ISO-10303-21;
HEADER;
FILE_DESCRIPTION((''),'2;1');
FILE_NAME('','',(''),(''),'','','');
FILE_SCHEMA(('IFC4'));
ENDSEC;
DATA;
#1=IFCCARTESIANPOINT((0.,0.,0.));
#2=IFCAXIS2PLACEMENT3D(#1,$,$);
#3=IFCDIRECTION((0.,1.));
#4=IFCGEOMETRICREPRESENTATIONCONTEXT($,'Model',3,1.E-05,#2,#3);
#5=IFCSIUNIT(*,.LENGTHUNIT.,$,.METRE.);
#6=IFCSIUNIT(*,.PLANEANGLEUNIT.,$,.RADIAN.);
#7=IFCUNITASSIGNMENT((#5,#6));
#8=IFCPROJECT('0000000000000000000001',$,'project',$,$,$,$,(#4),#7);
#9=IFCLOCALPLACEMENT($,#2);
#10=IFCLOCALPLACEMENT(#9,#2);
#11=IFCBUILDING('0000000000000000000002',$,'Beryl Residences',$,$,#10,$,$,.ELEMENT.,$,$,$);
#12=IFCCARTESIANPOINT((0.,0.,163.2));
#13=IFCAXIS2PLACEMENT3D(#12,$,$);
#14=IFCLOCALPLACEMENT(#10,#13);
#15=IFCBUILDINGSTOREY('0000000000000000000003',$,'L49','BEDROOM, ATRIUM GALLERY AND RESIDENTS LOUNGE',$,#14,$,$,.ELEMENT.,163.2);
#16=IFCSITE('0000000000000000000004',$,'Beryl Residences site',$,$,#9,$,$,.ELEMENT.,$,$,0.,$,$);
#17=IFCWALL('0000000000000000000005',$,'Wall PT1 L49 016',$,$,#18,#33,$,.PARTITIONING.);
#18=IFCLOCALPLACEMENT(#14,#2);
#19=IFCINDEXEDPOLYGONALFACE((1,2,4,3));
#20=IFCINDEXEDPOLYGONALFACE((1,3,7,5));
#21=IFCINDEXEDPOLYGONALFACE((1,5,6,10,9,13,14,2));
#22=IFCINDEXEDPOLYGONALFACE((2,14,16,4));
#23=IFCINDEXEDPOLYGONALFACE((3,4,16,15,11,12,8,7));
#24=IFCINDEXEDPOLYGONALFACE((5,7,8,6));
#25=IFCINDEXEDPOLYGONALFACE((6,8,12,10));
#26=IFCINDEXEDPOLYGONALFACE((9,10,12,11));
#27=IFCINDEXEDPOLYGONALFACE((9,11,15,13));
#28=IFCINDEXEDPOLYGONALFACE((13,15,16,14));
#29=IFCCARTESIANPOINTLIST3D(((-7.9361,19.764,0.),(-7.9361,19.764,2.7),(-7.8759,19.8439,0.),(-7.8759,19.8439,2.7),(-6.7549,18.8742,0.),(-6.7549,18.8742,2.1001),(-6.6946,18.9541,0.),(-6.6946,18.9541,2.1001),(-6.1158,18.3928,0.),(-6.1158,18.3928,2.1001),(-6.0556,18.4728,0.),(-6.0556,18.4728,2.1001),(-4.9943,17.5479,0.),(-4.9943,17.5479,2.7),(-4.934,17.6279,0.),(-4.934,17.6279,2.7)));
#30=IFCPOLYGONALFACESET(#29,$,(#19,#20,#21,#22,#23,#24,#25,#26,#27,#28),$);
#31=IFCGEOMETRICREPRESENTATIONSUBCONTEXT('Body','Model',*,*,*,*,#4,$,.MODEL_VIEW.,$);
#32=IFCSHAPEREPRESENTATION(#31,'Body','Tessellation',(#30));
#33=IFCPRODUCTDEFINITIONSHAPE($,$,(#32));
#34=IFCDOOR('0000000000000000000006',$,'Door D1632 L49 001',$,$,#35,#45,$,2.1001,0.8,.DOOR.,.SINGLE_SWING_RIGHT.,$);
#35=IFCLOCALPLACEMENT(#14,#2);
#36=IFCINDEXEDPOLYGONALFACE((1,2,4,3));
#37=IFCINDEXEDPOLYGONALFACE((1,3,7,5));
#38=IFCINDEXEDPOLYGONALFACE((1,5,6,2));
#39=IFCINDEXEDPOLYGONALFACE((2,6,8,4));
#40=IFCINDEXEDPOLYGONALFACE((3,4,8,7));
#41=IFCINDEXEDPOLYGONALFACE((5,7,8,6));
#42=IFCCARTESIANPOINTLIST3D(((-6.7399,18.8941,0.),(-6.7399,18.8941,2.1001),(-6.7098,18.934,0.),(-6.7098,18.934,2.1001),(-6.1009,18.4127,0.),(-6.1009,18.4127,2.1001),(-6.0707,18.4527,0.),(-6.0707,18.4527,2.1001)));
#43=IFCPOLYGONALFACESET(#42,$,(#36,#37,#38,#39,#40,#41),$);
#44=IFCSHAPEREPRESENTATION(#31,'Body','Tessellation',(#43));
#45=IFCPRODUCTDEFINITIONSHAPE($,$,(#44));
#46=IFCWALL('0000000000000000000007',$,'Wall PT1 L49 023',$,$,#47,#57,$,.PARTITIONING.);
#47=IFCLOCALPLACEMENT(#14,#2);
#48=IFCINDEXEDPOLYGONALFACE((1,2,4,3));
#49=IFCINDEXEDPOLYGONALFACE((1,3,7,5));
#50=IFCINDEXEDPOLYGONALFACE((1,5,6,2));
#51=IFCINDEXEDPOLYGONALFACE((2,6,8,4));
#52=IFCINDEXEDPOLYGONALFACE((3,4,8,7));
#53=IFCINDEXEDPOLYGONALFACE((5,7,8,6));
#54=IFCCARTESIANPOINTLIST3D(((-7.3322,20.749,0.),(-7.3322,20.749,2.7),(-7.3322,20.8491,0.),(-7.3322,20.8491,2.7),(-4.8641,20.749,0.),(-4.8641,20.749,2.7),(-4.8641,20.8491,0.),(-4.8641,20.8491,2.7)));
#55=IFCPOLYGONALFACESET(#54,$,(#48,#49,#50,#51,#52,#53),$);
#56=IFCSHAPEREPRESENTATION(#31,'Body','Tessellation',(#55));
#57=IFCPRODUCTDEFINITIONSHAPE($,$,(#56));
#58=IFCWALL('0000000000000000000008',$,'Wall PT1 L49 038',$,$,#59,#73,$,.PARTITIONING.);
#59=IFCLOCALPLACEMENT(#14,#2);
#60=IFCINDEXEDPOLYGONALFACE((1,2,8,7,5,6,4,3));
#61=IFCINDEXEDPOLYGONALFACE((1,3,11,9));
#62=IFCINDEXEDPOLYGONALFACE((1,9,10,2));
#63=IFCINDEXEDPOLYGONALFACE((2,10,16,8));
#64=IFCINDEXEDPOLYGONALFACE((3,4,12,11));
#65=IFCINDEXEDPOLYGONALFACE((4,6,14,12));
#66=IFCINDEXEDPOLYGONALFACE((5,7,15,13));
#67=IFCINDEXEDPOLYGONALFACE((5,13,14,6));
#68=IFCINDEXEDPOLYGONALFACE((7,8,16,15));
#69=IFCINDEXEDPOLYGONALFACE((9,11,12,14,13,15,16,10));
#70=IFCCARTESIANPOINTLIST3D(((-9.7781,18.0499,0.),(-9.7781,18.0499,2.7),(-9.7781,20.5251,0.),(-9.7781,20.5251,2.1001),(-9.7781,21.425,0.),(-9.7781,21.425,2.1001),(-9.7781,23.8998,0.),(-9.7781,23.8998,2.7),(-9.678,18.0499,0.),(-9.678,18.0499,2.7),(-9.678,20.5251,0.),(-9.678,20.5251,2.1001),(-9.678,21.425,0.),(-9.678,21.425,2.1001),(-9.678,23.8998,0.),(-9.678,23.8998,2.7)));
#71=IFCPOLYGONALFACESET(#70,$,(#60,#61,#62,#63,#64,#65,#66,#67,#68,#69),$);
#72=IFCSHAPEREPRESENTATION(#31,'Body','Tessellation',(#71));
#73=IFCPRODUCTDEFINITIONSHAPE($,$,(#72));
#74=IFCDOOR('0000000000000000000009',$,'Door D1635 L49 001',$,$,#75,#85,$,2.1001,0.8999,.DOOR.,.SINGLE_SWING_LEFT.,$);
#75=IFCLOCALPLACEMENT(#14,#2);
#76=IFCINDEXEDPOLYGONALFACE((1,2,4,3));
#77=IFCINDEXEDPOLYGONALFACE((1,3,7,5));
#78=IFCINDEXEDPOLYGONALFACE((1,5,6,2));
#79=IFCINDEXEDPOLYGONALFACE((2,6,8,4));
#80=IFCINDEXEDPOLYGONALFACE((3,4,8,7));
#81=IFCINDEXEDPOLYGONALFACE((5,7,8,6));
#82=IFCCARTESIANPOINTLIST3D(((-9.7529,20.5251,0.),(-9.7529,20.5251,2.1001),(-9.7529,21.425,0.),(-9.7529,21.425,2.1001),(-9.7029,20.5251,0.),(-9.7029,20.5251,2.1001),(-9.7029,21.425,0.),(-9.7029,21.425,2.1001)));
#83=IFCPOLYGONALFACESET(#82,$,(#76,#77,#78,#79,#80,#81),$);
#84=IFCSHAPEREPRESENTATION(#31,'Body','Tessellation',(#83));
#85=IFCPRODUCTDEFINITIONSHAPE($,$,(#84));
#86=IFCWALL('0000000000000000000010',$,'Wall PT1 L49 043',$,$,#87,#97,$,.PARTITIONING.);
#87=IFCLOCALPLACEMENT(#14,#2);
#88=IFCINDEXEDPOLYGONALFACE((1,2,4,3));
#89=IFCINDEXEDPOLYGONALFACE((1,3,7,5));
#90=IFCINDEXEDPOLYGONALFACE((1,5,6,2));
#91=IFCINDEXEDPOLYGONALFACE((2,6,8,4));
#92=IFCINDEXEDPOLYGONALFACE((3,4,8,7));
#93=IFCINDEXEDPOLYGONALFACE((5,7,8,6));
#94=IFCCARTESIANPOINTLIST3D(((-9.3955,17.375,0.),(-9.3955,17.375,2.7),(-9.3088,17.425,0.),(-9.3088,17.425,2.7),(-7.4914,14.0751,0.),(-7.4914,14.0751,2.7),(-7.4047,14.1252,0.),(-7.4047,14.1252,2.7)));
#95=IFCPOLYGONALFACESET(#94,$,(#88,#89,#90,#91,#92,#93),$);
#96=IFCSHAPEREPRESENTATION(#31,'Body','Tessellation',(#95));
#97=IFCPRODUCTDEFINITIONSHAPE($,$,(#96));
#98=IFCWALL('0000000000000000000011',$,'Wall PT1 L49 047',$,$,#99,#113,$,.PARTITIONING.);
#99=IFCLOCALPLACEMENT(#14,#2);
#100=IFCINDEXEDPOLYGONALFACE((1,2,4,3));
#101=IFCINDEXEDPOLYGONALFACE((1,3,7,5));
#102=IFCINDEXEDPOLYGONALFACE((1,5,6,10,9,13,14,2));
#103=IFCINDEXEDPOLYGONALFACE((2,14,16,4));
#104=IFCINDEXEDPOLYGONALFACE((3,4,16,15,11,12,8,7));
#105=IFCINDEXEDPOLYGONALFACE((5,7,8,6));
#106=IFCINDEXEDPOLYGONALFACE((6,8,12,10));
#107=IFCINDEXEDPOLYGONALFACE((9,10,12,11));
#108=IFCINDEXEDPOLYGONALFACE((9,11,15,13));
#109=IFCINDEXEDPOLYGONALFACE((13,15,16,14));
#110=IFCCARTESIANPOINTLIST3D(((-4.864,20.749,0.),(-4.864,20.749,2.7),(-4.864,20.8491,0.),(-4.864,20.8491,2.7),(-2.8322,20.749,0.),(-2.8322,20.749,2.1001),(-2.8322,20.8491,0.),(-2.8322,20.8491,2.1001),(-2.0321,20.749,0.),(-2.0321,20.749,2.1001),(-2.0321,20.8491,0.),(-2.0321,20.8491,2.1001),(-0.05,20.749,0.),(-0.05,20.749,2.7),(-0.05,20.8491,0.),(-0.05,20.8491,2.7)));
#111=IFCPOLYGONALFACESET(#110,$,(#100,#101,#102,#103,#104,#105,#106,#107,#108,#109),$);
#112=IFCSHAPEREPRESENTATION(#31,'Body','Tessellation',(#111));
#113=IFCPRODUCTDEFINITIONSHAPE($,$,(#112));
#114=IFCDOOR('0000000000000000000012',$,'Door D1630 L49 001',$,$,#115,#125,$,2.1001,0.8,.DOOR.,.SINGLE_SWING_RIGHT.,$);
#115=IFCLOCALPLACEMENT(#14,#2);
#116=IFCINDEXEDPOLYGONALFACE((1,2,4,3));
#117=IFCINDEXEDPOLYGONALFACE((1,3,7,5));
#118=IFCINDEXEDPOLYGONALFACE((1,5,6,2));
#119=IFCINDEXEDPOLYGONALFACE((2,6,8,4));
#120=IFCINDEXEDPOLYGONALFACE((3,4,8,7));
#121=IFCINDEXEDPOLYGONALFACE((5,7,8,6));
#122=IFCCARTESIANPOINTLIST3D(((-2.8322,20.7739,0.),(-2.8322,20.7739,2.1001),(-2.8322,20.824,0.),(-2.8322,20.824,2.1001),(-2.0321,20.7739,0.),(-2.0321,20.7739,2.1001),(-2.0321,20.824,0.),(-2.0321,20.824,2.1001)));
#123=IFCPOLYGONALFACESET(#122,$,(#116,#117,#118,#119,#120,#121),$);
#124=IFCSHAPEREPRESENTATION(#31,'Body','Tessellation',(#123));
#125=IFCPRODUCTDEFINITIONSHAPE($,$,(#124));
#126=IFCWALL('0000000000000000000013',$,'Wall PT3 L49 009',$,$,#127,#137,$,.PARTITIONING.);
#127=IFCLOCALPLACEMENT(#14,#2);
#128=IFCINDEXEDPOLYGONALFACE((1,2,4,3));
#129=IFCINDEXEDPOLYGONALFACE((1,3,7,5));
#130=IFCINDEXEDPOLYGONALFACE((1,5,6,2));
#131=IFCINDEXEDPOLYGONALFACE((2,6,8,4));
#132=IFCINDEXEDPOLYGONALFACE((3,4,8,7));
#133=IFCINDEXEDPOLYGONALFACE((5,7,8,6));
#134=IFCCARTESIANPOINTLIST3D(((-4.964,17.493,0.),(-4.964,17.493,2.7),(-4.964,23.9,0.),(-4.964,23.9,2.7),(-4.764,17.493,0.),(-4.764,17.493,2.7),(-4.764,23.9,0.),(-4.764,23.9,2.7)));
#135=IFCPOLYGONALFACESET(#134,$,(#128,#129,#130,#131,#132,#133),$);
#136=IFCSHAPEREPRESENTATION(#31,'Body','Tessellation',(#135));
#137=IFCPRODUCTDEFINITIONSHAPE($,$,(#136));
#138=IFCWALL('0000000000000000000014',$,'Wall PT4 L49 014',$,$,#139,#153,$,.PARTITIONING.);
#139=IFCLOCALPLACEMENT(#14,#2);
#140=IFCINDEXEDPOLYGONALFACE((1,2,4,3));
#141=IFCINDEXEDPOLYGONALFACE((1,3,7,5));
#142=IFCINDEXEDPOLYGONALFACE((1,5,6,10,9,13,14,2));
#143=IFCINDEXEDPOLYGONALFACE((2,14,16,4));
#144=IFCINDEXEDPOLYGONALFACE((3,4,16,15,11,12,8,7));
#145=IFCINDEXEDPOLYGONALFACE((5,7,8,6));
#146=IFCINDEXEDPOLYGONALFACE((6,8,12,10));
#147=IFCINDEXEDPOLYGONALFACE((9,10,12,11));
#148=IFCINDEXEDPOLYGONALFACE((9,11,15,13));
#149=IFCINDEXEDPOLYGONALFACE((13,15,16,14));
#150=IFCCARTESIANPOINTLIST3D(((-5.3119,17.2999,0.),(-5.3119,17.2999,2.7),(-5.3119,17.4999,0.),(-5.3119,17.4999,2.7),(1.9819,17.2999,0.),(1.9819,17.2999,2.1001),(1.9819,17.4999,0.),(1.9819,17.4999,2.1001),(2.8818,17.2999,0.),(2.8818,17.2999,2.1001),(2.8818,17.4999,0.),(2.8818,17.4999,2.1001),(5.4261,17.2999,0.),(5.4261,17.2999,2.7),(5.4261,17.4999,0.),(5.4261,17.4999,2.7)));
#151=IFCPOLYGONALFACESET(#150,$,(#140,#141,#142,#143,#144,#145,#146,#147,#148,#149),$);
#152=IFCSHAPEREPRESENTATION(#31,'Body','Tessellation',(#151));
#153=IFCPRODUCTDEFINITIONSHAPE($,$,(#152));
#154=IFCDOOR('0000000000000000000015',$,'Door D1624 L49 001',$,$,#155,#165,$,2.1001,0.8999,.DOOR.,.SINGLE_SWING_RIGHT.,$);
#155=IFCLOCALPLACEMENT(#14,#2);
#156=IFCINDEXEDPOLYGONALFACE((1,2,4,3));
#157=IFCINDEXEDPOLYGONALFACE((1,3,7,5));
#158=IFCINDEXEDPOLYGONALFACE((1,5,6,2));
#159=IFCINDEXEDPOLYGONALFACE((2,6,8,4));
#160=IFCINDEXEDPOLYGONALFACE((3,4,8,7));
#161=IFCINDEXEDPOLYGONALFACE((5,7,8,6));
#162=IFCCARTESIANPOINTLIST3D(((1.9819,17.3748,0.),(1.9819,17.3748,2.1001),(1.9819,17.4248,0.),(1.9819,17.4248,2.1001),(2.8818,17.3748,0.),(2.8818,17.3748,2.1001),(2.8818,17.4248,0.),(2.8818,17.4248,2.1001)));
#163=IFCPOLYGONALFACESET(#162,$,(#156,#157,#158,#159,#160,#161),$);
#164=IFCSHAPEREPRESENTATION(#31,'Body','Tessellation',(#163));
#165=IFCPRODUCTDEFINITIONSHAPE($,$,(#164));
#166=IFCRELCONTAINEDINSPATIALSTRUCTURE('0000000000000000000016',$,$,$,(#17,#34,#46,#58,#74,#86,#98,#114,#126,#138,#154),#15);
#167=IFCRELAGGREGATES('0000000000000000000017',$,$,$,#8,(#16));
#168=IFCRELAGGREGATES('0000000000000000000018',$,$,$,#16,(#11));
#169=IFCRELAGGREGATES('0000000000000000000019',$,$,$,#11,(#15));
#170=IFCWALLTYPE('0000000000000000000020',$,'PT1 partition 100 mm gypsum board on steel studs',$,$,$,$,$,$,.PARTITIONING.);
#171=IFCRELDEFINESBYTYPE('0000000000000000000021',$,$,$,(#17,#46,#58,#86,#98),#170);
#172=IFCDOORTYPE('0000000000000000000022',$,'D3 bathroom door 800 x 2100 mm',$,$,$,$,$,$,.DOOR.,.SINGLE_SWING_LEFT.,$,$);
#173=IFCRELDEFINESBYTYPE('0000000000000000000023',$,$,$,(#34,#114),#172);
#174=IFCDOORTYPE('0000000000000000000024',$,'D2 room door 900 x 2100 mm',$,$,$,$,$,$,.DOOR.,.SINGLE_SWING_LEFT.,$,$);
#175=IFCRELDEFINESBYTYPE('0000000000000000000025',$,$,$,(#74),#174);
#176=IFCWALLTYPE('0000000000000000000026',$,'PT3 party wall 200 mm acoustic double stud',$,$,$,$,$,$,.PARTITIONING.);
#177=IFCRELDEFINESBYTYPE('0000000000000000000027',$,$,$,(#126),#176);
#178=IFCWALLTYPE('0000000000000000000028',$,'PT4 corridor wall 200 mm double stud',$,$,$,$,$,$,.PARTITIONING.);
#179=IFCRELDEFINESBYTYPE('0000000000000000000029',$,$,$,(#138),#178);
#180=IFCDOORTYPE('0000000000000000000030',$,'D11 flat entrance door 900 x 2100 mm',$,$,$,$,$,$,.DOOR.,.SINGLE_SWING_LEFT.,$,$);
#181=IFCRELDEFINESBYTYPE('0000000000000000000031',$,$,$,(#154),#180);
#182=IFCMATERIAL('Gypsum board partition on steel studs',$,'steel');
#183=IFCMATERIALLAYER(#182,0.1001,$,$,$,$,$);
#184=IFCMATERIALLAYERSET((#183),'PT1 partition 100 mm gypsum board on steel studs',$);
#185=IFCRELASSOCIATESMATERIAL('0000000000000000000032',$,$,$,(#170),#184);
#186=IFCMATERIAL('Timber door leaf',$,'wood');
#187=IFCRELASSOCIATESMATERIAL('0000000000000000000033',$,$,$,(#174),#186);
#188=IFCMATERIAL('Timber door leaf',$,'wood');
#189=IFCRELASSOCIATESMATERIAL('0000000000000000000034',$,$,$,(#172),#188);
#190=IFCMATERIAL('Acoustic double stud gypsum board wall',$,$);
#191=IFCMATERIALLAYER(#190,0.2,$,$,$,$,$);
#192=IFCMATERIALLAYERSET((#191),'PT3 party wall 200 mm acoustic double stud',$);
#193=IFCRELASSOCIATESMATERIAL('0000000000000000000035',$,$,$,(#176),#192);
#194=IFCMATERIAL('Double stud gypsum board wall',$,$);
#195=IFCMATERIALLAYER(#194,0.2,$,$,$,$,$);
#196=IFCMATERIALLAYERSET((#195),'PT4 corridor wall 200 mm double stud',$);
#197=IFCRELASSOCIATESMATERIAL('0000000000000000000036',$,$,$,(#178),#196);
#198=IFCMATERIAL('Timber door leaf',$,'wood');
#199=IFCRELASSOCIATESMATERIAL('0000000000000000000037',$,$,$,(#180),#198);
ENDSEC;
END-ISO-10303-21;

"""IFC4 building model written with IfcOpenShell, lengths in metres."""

from ifc_helpers import new_model, si_unit, direction, frame, frame_2d, origin, place, context, subcontext, project, spatial, rectangle, extrude, material, layer, layer_set, type_object, element, fill, save


model = new_model("IFC4")

# Units and contexts
model_context = context("Model", 3, precision=1e-05, world=origin(), true_north=direction((0.0, 1.0)))
body_context = subcontext(model_context, "Body", "Model", "MODEL_VIEW")
ifc_project = project(units=[si_unit("LENGTHUNIT", "METRE"), si_unit("PLANEANGLEUNIT", "RADIAN")], contexts=[model_context])

# Site, building, storey
site_placement = place(None, origin())
site = spatial("IfcSite", under=ifc_project, at=site_placement, Name="Beryl Residences site", CompositionType="ELEMENT", RefElevation=0.0)
building_placement = place(site_placement, origin())
building = spatial("IfcBuilding", under=site, at=building_placement, Name="Beryl Residences", CompositionType="ELEMENT")
storey_placement = place(building_placement, frame((0.0, 0.0, 163.2)))
storey = spatial("IfcBuildingStorey", under=building, at=storey_placement, Name="L49", Description="BEDROOM, ATRIUM GALLERY AND RESIDENTS LOUNGE", CompositionType="ELEMENT", Elevation=163.2)

# Shared definitions
ifc_material_1 = material(Name="Gypsum board partition on steel studs", Category="steel")
ifc_layer_1 = layer(ifc_material_1, 0.1001)
ifc_layer_set_1 = layer_set([ifc_layer_1], Name="PT1 partition 100 mm gypsum board on steel studs")
wall_type_1 = type_object("IfcWallType", Name="PT1 partition 100 mm gypsum board on steel studs", PredefinedType="PARTITIONING", material=ifc_layer_set_1)

# Wall, opening, door
ifc_material_2 = material(Name="Timber door leaf", Category="wood")
door_type_1 = type_object("IfcDoorType", Name="D2 room door 900 x 2100 mm", OperationType="SINGLE_SWING_LEFT", PredefinedType="DOOR", material=ifc_material_2)
wall_1_placement = place(storey_placement, frame((-7.906, 19.804, 0.0), z_axis=(0.0, 0.0, 1.0), x_axis=(0.798741, -0.601674, 0.0)))
wall_1 = element("IfcWall", 1, at=wall_1_placement, inside=storey, type_object=wall_type_1, Name="Wall PT1 L49 016", PredefinedType="PARTITIONING", context=body_context, shape_type="SweptSolid", body=[
    extrude(rectangle(XDim=3.6831, YDim=0.1001, at=frame_2d((1.8416, 0.0))), origin(), (0.0, 0.0, 1.0), 2.7),
])
opening_1_placement = place(wall_1_placement, frame((1.479, 0.0, 0.0)))
opening_1 = element("IfcOpeningElement", 2, at=opening_1_placement, cuts=wall_1, PredefinedType="OPENING", context=body_context, shape_type="SweptSolid", body=[
    extrude(rectangle(XDim=0.8, YDim=2.1001, at=frame_2d((0.3999, 1.05))), frame((0.0, 0.0601, 0.0), z_axis=(0.0, -1.0, 0.0), x_axis=(1.0, 0.0, 0.0)), (0.0, 0.0, 1.0), 0.1201),
])
ifc_material_3 = material(Name="Timber door leaf", Category="wood")
door_type_2 = type_object("IfcDoorType", Name="D3 bathroom door 800 x 2100 mm", OperationType="SINGLE_SWING_LEFT", PredefinedType="DOOR", material=ifc_material_3)
door_1_placement = place(opening_1_placement, origin())
door_1 = element("IfcDoor", 3, at=door_1_placement, inside=storey, type_object=door_type_2, Name="Door D1632 L49 001", OperationType="SINGLE_SWING_RIGHT", OverallHeight=2.1001, OverallWidth=0.8, PredefinedType="DOOR", context=body_context, shape_type="SweptSolid", body=[
    extrude(rectangle(XDim=0.8, YDim=2.1001, at=frame_2d((0.3999, 1.05))), frame((0.0, 0.0249, 0.0), z_axis=(0.0, -1.0, 0.0), x_axis=(1.0, 0.0, 0.0)), (0.0, 0.0, 1.0), 0.05),
])
fill(opening_1, door_1)

# Wall
wall_2_placement = place(storey_placement, frame((-7.332, 20.7991, 0.0), z_axis=(0.0, 0.0, 1.0), x_axis=(1.0, 0.0, 0.0)))
element("IfcWall", 4, at=wall_2_placement, inside=storey, type_object=wall_type_1, Name="Wall PT1 L49 023", PredefinedType="PARTITIONING", context=body_context, shape_type="SweptSolid", body=[
    extrude(rectangle(XDim=2.468, YDim=0.1001, at=frame_2d((1.2339, 0.0))), origin(), (0.0, 0.0, 1.0), 2.7),
])

# Wall, opening, door
wall_3_placement = place(storey_placement, frame((-9.728, 18.05, 0.0), z_axis=(0.0, 0.0, 1.0), x_axis=(0.0, 1.0, 0.0)))
wall_3 = element("IfcWall", 5, at=wall_3_placement, inside=storey, type_object=wall_type_1, Name="Wall PT1 L49 038", PredefinedType="PARTITIONING", context=body_context, shape_type="SweptSolid", body=[
    extrude(rectangle(XDim=5.8499, YDim=0.1001, at=frame_2d((2.9248, 0.0))), origin(), (0.0, 0.0, 1.0), 2.7),
])
opening_2_placement = place(wall_3_placement, frame((2.4751, 0.0, 0.0)))
opening_2 = element("IfcOpeningElement", 6, at=opening_2_placement, cuts=wall_3, PredefinedType="OPENING", context=body_context, shape_type="SweptSolid", body=[
    extrude(rectangle(XDim=0.8999, YDim=2.1001, at=frame_2d((0.45, 1.05))), frame((0.0, 0.0601, 0.0), z_axis=(0.0, -1.0, 0.0), x_axis=(1.0, 0.0, 0.0)), (0.0, 0.0, 1.0), 0.1201),
])
door_2_placement = place(opening_2_placement, origin())
door_2 = element("IfcDoor", 7, at=door_2_placement, inside=storey, type_object=door_type_1, Name="Door D1635 L49 001", OperationType="SINGLE_SWING_LEFT", OverallHeight=2.1001, OverallWidth=0.8999, PredefinedType="DOOR", context=body_context, shape_type="SweptSolid", body=[
    extrude(rectangle(XDim=0.8999, YDim=2.1001, at=frame_2d((0.45, 1.05))), frame((0.0, 0.0249, 0.0), z_axis=(0.0, -1.0, 0.0), x_axis=(1.0, 0.0, 0.0)), (0.0, 0.0, 1.0), 0.05),
])
fill(opening_2, door_2)

# Wall
wall_4_placement = place(storey_placement, frame((-9.3521, 17.3999, 0.0), z_axis=(0.0, 0.0, 1.0), x_axis=(0.499785, -0.866149, 0.0)))
element("IfcWall", 8, at=wall_4_placement, inside=storey, type_object=wall_type_1, Name="Wall PT1 L49 043", PredefinedType="PARTITIONING", context=body_context, shape_type="SweptSolid", body=[
    extrude(rectangle(XDim=3.8098, YDim=0.1001, at=frame_2d((1.9048, 0.0))), origin(), (0.0, 0.0, 1.0), 2.7),
])

# Wall, opening, door
wall_5_placement = place(storey_placement, frame((-4.864, 20.7991, 0.0), z_axis=(0.0, 0.0, 1.0), x_axis=(1.0, 0.0, 0.0)))
wall_5 = element("IfcWall", 9, at=wall_5_placement, inside=storey, type_object=wall_type_1, Name="Wall PT1 L49 047", PredefinedType="PARTITIONING", context=body_context, shape_type="SweptSolid", body=[
    extrude(rectangle(XDim=4.814, YDim=0.1001, at=frame_2d((2.407, 0.0))), origin(), (0.0, 0.0, 1.0), 2.7),
])
opening_3_placement = place(wall_5_placement, frame((2.032, 0.0, 0.0)))
opening_3 = element("IfcOpeningElement", 10, at=opening_3_placement, cuts=wall_5, PredefinedType="OPENING", context=body_context, shape_type="SweptSolid", body=[
    extrude(rectangle(XDim=0.8, YDim=2.1001, at=frame_2d((0.3999, 1.05))), frame((0.0, 0.0601, 0.0), z_axis=(0.0, -1.0, 0.0), x_axis=(1.0, 0.0, 0.0)), (0.0, 0.0, 1.0), 0.1201),
])
door_3_placement = place(opening_3_placement, origin())
door_3 = element("IfcDoor", 11, at=door_3_placement, inside=storey, type_object=door_type_2, Name="Door D1630 L49 001", OperationType="SINGLE_SWING_RIGHT", OverallHeight=2.1001, OverallWidth=0.8, PredefinedType="DOOR", context=body_context, shape_type="SweptSolid", body=[
    extrude(rectangle(XDim=0.8, YDim=2.1001, at=frame_2d((0.3999, 1.05))), frame((0.0, 0.0249, 0.0), z_axis=(0.0, -1.0, 0.0), x_axis=(1.0, 0.0, 0.0)), (0.0, 0.0, 1.0), 0.05),
])
fill(opening_3, door_3)

# Wall
ifc_material_4 = material(Name="Acoustic double stud gypsum board wall")
ifc_layer_2 = layer(ifc_material_4, 0.2)
ifc_layer_set_2 = layer_set([ifc_layer_2], Name="PT3 party wall 200 mm acoustic double stud")
wall_type_2 = type_object("IfcWallType", Name="PT3 party wall 200 mm acoustic double stud", PredefinedType="PARTITIONING", material=ifc_layer_set_2)
wall_6_placement = place(storey_placement, frame((-4.864, 17.4929, 0.0), z_axis=(0.0, 0.0, 1.0), x_axis=(0.0, 1.0, 0.0)))
element("IfcWall", 12, at=wall_6_placement, inside=storey, type_object=wall_type_2, Name="Wall PT3 L49 009", PredefinedType="PARTITIONING", context=body_context, shape_type="SweptSolid", body=[
    extrude(rectangle(XDim=6.407, YDim=0.2, at=frame_2d((3.2036, 0.0))), origin(), (0.0, 0.0, 1.0), 2.7),
])

# Wall, opening, door
ifc_material_5 = material(Name="Double stud gypsum board wall")
ifc_layer_3 = layer(ifc_material_5, 0.2)
ifc_layer_set_3 = layer_set([ifc_layer_3], Name="PT4 corridor wall 200 mm double stud")
wall_type_3 = type_object("IfcWallType", Name="PT4 corridor wall 200 mm double stud", PredefinedType="PARTITIONING", material=ifc_layer_set_3)
wall_7_placement = place(storey_placement, frame((-5.312, 17.3999, 0.0), z_axis=(0.0, 0.0, 1.0), x_axis=(1.0, 0.0, 0.0)))
wall_7 = element("IfcWall", 13, at=wall_7_placement, inside=storey, type_object=wall_type_3, Name="Wall PT4 L49 014", PredefinedType="PARTITIONING", context=body_context, shape_type="SweptSolid", body=[
    extrude(rectangle(XDim=10.738, YDim=0.2, at=frame_2d((5.3691, 0.0))), origin(), (0.0, 0.0, 1.0), 2.7),
])
opening_4_placement = place(wall_7_placement, frame((7.2939, 0.0, 0.0)))
opening_4 = element("IfcOpeningElement", 14, at=opening_4_placement, cuts=wall_7, PredefinedType="OPENING", context=body_context, shape_type="SweptSolid", body=[
    extrude(rectangle(XDim=0.8999, YDim=2.1001, at=frame_2d((0.45, 1.05))), frame((0.0, 0.1099, 0.0), z_axis=(0.0, -1.0, 0.0), x_axis=(1.0, 0.0, 0.0)), (0.0, 0.0, 1.0), 0.22),
])
ifc_material_6 = material(Name="Timber door leaf", Category="wood")
door_type_3 = type_object("IfcDoorType", Name="D11 flat entrance door 900 x 2100 mm", OperationType="SINGLE_SWING_LEFT", PredefinedType="DOOR", material=ifc_material_6)
door_4_placement = place(opening_4_placement, origin())
door_4 = element("IfcDoor", 15, at=door_4_placement, inside=storey, type_object=door_type_3, Name="Door D1624 L49 001", OperationType="SINGLE_SWING_RIGHT", OverallHeight=2.1001, OverallWidth=0.8999, PredefinedType="DOOR", context=body_context, shape_type="SweptSolid", body=[
    extrude(rectangle(XDim=0.8999, YDim=2.1001, at=frame_2d((0.45, 1.05))), frame((0.0, 0.0249, 0.0), z_axis=(0.0, -1.0, 0.0), x_axis=(1.0, 0.0, 0.0)), (0.0, 0.0, 1.0), 0.05),
])
fill(opening_4, door_4)

save(model, "model.ifc")
